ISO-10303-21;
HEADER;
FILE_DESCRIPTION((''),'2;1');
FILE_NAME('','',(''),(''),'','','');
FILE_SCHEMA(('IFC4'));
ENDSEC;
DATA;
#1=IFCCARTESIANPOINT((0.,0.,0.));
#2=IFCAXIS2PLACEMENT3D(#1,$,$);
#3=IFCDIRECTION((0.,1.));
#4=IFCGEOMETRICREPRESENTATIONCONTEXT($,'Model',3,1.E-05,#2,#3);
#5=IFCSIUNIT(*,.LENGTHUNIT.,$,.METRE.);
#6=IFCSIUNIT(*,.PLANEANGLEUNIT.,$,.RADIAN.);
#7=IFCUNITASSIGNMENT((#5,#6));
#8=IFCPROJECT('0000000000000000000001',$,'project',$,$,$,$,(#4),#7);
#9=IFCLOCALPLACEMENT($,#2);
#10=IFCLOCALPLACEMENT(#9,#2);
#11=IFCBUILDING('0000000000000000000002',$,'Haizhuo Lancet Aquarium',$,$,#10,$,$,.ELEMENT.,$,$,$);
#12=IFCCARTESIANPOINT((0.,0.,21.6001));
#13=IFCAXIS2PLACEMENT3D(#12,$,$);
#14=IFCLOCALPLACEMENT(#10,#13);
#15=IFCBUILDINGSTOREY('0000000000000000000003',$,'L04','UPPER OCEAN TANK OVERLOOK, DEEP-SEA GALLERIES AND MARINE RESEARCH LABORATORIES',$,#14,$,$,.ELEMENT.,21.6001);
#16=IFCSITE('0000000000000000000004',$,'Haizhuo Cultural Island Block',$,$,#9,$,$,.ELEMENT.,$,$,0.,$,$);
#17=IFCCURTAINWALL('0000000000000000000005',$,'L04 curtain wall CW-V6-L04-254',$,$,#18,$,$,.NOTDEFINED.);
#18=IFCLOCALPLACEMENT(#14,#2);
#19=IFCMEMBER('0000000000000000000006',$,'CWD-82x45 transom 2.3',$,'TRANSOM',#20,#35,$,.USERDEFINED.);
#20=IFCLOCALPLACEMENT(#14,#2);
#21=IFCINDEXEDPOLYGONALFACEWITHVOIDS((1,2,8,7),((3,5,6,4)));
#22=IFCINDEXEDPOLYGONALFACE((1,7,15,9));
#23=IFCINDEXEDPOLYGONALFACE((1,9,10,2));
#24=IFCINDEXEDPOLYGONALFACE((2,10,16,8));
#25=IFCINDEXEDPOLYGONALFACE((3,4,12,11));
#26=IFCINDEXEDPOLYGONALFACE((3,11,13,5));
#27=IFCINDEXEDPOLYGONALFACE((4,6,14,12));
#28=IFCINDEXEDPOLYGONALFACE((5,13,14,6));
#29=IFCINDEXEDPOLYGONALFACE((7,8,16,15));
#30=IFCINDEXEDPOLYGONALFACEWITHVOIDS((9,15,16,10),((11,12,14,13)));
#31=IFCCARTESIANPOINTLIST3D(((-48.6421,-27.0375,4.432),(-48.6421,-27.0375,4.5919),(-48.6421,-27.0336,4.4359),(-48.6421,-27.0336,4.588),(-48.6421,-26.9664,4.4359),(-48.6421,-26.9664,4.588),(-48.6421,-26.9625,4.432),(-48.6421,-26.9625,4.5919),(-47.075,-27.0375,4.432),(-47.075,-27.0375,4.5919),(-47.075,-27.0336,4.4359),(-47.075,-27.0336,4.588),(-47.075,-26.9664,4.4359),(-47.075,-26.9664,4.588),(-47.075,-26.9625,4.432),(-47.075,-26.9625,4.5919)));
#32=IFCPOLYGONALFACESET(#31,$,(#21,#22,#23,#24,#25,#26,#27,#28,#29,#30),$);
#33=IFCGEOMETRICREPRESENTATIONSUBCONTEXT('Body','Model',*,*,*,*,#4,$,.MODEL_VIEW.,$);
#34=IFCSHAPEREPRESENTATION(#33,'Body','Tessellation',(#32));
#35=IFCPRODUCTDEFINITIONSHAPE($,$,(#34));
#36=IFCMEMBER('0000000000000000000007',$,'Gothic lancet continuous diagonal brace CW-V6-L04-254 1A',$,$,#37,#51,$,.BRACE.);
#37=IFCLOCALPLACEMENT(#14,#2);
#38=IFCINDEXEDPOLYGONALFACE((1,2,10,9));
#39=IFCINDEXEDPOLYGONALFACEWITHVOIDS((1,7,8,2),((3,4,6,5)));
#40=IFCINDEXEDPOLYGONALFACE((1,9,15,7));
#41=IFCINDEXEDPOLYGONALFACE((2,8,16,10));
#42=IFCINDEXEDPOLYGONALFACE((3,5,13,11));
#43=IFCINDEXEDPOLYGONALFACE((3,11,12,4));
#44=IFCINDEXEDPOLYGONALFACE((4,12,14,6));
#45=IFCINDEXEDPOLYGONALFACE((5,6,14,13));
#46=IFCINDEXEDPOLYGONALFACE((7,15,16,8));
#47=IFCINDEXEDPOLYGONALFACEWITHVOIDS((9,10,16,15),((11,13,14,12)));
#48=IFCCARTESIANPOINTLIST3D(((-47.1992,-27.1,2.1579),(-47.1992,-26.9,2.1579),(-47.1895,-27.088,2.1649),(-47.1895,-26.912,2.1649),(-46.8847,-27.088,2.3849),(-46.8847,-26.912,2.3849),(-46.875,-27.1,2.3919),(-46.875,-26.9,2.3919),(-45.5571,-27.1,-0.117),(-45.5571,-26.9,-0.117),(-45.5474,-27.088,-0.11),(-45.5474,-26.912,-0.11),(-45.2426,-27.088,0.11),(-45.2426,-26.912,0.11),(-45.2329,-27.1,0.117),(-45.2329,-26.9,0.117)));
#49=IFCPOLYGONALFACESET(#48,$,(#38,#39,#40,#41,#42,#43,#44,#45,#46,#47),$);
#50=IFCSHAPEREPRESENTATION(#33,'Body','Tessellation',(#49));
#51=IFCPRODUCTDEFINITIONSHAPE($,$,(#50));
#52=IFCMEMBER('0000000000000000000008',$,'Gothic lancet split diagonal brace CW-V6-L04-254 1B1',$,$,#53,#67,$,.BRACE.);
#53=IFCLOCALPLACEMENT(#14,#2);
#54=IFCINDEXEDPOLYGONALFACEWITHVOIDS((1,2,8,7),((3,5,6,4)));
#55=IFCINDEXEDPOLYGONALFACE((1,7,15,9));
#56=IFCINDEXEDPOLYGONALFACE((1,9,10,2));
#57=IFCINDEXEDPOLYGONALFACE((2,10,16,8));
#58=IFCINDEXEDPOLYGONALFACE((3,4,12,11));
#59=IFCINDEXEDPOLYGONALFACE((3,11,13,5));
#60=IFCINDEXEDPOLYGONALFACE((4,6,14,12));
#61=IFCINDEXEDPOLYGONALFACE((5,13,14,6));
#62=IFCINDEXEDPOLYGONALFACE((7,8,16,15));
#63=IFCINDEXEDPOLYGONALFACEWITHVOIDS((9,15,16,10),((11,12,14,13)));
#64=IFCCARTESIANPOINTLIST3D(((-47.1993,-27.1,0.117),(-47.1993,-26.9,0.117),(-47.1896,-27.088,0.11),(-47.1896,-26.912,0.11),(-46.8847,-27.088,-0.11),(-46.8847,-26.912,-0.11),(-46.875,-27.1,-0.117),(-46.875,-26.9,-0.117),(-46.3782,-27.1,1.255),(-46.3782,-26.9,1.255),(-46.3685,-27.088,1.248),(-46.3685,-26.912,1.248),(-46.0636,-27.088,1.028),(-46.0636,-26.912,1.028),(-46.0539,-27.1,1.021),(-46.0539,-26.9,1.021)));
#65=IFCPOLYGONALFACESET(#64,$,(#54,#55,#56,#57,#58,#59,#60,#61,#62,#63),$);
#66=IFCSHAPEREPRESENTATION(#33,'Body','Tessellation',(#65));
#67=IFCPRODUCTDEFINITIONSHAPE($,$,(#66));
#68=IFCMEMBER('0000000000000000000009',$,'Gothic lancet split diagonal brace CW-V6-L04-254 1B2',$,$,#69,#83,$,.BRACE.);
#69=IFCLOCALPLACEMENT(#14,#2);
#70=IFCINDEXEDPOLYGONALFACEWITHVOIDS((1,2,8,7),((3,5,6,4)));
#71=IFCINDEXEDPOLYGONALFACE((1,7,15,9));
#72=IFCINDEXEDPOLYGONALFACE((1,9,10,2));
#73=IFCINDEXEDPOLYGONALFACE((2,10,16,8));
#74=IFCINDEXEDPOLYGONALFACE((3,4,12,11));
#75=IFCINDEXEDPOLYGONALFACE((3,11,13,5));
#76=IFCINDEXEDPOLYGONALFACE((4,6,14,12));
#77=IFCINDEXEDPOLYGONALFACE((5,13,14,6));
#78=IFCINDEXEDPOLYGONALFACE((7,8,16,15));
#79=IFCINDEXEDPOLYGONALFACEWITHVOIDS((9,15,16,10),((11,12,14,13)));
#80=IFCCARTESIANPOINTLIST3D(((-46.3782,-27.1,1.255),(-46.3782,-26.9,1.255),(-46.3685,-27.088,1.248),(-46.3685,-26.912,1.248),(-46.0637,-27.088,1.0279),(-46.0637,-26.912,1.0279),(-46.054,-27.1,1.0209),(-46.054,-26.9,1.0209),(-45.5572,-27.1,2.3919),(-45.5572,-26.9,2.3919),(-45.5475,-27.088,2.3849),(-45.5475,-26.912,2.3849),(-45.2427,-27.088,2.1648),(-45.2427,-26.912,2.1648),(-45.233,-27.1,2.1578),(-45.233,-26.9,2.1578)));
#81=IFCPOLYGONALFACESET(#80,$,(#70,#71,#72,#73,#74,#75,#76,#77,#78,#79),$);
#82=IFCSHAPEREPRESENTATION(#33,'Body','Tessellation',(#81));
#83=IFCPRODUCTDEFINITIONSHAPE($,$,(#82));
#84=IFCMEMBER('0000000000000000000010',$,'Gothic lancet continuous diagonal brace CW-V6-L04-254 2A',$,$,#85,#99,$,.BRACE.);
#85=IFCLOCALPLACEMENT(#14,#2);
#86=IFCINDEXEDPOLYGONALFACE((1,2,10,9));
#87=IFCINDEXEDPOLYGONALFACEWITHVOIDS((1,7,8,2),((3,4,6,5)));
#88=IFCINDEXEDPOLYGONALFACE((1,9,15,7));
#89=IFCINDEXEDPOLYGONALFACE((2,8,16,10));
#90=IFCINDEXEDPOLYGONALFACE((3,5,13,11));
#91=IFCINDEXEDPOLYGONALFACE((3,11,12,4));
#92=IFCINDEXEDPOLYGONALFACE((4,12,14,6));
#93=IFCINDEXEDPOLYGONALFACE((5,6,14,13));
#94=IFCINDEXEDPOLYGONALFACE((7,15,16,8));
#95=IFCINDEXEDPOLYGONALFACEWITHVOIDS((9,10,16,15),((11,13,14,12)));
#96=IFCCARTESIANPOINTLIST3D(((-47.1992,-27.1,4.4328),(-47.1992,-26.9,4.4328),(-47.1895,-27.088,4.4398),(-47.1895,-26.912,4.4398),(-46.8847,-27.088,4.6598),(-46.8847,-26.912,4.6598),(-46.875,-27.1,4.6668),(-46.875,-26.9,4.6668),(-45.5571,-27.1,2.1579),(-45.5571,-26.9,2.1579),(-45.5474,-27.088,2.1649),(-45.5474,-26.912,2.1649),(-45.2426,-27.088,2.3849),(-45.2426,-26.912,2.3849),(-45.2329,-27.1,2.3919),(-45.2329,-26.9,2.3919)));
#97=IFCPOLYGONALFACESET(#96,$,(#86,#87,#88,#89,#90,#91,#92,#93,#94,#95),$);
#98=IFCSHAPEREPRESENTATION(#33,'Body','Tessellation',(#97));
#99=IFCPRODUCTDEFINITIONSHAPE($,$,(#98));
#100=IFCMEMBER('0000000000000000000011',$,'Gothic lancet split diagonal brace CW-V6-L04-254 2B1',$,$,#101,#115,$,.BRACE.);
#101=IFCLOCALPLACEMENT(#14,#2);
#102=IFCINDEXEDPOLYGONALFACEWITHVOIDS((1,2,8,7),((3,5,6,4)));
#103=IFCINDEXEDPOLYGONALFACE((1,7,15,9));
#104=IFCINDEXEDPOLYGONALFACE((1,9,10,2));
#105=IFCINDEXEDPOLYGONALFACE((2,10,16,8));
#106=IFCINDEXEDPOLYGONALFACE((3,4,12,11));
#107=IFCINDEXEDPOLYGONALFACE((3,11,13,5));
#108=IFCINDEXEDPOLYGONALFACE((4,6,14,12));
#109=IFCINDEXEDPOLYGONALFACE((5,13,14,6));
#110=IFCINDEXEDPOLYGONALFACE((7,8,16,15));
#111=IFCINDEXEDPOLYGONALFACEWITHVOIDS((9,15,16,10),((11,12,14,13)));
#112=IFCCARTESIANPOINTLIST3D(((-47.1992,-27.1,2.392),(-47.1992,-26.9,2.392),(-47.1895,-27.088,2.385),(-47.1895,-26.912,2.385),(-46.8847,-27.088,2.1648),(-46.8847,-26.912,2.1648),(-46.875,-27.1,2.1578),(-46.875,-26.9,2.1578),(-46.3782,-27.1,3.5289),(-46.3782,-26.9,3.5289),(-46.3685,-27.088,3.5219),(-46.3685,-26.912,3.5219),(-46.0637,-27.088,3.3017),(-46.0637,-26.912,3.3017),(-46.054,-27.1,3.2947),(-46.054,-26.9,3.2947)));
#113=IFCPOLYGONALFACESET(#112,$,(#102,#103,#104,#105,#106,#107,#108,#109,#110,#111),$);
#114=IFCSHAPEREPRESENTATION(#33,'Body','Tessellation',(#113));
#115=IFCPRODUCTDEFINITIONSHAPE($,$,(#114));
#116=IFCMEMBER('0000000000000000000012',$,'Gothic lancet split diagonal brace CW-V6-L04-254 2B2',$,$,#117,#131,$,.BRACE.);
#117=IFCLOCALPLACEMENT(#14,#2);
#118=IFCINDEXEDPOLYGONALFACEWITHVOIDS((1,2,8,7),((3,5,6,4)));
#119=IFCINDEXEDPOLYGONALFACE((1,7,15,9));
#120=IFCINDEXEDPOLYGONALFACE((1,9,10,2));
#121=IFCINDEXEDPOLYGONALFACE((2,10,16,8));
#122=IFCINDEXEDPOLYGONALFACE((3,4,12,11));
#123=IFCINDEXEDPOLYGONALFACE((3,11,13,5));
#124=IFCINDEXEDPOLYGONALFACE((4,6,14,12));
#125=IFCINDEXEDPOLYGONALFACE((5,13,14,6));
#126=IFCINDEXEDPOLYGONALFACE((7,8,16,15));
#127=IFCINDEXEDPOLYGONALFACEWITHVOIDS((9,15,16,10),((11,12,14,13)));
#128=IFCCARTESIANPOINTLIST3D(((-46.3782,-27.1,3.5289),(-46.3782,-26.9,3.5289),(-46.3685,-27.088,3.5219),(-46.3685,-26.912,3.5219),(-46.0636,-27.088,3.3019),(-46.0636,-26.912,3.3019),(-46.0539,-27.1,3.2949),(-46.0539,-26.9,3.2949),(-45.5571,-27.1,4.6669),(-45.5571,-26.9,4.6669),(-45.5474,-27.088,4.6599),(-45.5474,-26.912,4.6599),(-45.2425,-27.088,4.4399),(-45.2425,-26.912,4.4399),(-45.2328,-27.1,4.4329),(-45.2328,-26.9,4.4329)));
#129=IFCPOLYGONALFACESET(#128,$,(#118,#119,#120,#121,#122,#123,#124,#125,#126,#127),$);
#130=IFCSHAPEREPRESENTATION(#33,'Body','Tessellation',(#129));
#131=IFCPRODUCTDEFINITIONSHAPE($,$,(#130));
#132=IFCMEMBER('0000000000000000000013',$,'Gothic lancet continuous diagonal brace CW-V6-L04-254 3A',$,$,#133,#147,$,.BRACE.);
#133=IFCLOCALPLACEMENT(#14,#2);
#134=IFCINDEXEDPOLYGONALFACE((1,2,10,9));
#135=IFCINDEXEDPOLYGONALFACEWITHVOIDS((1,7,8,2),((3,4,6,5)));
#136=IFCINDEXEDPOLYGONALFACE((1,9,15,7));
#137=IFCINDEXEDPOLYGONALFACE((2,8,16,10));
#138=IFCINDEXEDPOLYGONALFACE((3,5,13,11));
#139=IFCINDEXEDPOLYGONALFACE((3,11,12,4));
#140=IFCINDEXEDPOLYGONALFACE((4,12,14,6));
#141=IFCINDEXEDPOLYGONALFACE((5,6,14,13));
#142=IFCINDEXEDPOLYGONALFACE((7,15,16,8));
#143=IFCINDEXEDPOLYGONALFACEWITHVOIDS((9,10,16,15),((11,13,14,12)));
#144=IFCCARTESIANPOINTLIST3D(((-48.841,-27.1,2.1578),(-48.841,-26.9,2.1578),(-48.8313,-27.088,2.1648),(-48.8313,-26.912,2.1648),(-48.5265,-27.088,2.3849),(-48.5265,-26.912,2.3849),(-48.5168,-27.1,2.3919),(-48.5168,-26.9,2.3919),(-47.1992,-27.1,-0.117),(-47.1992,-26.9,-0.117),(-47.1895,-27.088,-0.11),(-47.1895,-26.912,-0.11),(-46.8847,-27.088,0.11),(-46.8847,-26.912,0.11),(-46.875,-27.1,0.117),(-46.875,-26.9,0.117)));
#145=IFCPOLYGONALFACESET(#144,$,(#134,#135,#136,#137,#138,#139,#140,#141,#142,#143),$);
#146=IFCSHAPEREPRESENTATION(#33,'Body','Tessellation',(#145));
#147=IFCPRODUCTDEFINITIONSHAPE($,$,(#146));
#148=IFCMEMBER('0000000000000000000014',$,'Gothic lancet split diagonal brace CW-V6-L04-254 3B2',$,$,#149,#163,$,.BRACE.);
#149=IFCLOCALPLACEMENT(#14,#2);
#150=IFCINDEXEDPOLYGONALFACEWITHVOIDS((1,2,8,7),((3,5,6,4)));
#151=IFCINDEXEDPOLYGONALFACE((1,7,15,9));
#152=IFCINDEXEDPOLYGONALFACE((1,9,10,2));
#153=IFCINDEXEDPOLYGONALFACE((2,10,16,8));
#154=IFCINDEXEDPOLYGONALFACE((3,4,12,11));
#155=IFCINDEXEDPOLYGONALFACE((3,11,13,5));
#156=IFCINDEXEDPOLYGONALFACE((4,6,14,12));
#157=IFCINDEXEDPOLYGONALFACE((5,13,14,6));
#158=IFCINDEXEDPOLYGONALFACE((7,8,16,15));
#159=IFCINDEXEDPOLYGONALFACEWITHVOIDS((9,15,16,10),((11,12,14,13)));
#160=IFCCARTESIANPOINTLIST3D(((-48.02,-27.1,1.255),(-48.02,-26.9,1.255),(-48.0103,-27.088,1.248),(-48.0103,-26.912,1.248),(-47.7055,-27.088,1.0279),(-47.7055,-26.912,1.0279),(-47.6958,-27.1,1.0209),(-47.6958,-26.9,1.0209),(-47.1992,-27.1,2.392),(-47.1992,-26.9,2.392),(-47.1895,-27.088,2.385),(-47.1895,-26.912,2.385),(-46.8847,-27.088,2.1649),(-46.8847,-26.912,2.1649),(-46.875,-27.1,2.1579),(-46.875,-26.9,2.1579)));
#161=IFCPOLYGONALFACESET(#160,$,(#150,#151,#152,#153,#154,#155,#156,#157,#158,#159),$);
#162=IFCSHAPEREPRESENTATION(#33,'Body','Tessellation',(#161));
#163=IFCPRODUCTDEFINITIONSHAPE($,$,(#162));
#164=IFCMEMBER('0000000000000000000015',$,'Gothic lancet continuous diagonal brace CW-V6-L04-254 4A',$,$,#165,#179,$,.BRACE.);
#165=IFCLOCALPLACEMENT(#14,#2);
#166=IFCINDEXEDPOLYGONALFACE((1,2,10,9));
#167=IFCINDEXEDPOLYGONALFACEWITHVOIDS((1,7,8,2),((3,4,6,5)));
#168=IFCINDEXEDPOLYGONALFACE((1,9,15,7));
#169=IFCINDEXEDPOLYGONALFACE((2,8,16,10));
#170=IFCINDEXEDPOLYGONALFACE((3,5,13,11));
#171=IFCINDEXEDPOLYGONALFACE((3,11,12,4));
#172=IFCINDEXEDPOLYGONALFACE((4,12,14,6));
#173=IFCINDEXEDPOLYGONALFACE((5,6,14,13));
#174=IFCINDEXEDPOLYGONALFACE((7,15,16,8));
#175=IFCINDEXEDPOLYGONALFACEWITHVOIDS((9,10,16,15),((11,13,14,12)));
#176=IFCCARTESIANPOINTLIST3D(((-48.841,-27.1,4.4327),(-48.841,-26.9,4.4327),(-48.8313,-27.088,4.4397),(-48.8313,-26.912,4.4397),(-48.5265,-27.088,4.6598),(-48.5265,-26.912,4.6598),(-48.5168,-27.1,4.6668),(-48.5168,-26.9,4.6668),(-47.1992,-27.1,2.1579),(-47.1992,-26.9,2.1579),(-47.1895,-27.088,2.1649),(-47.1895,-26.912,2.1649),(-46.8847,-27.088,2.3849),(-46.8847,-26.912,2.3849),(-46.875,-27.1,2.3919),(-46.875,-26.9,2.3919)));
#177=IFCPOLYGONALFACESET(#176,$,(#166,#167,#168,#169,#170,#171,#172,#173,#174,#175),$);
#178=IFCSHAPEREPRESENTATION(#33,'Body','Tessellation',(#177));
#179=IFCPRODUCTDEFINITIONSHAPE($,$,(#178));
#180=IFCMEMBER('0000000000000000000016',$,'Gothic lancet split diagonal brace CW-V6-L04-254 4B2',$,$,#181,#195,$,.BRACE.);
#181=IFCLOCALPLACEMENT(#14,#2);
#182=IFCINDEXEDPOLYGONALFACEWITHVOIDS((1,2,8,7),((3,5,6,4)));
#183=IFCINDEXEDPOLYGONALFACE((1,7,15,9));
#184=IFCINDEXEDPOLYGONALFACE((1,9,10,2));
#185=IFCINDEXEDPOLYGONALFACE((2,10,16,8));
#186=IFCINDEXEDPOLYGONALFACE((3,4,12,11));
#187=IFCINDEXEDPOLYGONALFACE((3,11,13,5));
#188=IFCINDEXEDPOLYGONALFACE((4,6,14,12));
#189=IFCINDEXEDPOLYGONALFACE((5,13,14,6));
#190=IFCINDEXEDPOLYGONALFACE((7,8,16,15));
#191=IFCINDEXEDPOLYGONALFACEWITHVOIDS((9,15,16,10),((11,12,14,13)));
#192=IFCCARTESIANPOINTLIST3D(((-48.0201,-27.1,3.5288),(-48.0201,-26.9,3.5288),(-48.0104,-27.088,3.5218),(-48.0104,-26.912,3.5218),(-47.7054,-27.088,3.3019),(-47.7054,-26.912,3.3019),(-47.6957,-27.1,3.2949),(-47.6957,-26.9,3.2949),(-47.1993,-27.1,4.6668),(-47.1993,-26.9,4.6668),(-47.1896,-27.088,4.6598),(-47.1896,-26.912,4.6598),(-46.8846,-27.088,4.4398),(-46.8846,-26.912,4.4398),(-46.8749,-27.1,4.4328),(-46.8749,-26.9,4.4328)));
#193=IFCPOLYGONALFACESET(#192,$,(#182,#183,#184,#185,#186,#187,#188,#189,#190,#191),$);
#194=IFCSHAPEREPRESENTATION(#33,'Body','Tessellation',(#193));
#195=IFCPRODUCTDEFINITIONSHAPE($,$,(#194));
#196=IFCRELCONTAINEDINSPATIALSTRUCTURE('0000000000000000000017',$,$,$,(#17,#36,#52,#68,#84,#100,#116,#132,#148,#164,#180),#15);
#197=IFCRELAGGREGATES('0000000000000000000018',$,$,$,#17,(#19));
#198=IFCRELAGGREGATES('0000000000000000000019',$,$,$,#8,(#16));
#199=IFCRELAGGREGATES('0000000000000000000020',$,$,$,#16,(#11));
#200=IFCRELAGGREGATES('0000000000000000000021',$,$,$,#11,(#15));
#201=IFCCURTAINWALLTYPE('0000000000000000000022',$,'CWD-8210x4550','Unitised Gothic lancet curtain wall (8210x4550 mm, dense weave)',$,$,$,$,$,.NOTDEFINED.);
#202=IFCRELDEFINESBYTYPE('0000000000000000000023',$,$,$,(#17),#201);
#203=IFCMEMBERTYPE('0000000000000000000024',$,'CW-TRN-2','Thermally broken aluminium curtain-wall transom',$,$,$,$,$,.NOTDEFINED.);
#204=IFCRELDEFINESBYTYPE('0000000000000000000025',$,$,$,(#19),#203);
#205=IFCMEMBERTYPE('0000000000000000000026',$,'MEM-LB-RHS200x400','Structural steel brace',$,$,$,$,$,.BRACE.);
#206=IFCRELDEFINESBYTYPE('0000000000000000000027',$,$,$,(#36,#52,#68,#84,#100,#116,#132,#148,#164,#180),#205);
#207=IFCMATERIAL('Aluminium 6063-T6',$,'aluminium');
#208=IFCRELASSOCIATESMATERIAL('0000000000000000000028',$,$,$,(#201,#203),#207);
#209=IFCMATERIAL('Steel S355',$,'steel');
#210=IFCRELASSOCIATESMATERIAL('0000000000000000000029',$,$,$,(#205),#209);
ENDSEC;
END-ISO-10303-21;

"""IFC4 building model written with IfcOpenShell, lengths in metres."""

from ifc_helpers import new_model, si_unit, direction, frame, origin, origin_2d, place, context, subcontext, project, spatial, hollow_rectangle, extrude, material, material_profile, profile_set, type_object, element, aggregate, save


model = new_model("IFC4")

# Units and contexts
model_context = context("Model", 3, precision=1e-05, world=origin(), true_north=direction((0.0, 1.0)))
body_context = subcontext(model_context, "Body", "Model", "MODEL_VIEW")
ifc_project = project(units=[si_unit("LENGTHUNIT", "METRE"), si_unit("PLANEANGLEUNIT", "RADIAN")], contexts=[model_context])

# Site, building, storey
site_placement = place(None, origin())
site = spatial("IfcSite", under=ifc_project, at=site_placement, Name="Haizhuo Cultural Island Block", CompositionType="ELEMENT", RefElevation=0.0)
building_placement = place(site_placement, origin())
building = spatial("IfcBuilding", under=site, at=building_placement, Name="Haizhuo Lancet Aquarium", CompositionType="ELEMENT")
storey_placement = place(building_placement, frame((0.0, 0.0, 21.6001)))
storey = spatial("IfcBuildingStorey", under=building, at=storey_placement, Name="L04", Description="UPPER OCEAN TANK OVERLOOK, DEEP-SEA GALLERIES AND MARINE RESEARCH LABORATORIES", CompositionType="ELEMENT", Elevation=21.6001)

# Shared definitions
ifc_material_1 = material(Name="Steel S355", Category="steel")

# Curtain wall, member
ifc_material_2 = material(Name="Aluminium 6063-T6", Category="aluminium")
curtain_wall_type = type_object("IfcCurtainWallType", Name="CWD-8210x4550", Description="Unitised Gothic lancet curtain wall (8210x4550 mm, dense weave)", PredefinedType="NOTDEFINED", material=ifc_material_2)
curtain_wall_placement = place(storey_placement, origin())
curtain_wall = element("IfcCurtainWall", 1, at=curtain_wall_placement, inside=storey, type_object=curtain_wall_type, Name="L04 curtain wall CW-V6-L04-254", PredefinedType="NOTDEFINED")
ifc_material_profile_1 = material_profile(ifc_material_2, hollow_rectangle(XDim=0.075, YDim=0.1599, WallThickness=0.0039, at=origin_2d()), Name="ALU-T 75x160x4")
ifc_profile_set_1 = profile_set([ifc_material_profile_1], Name="Aluminium 6063-T6")
member_type_1 = type_object("IfcMemberType", Name="CW-TRN-2", Description="Thermally broken aluminium curtain-wall transom", PredefinedType="NOTDEFINED", material=ifc_profile_set_1)
member_1_placement = place(storey_placement, frame((-47.075, -27.0, 4.512), z_axis=(-1.0, 0.0, 0.0), x_axis=(0.0, -1.0, 0.0)))
member_1 = element("IfcMember", 2, at=member_1_placement, type_object=member_type_1, Name="CWD-82x45 transom 2.3", ObjectType="TRANSOM", PredefinedType="USERDEFINED", context=body_context, shape_type="SweptSolid", body=[
    extrude(hollow_rectangle(XDim=0.075, YDim=0.1599, WallThickness=0.0039, at=origin_2d()), origin(), (0.0, 0.0, 1.0), 1.5671),
])

# Members
ifc_material_profile_2 = material_profile(ifc_material_1, hollow_rectangle(XDim=0.2, YDim=0.3999, WallThickness=0.012, at=origin_2d()), Name="RHS 200x400x12")
ifc_profile_set_2 = profile_set([ifc_material_profile_2], Name="Steel S355")
member_type_2 = type_object("IfcMemberType", Name="MEM-LB-RHS200x400", Description="Structural steel brace", PredefinedType="BRACE", material=ifc_profile_set_2)
member_2_placement = place(storey_placement, frame((-45.395, -27.0, 0.0), z_axis=(-0.585281, 0.0, 0.810831), x_axis=(0.0, -1.0, 0.0)))
element("IfcMember", 3, at=member_2_placement, inside=storey, type_object=member_type_2, Name="Gothic lancet continuous diagonal brace CW-V6-L04-254 1A", PredefinedType="BRACE", context=body_context, shape_type="SweptSolid", body=[
    extrude(hollow_rectangle(XDim=0.2, YDim=0.3999, WallThickness=0.012, at=origin_2d()), origin(), (0.0, 0.0, 1.0), 2.8057),
])
member_3_placement = place(storey_placement, frame((-47.0371, -27.0, 0.0), z_axis=(0.585116, 0.0, 0.81095), x_axis=(0.0, 1.0, 0.0)))
element("IfcMember", 4, at=member_3_placement, inside=storey, type_object=member_type_2, Name="Gothic lancet split diagonal brace CW-V6-L04-254 1B1", PredefinedType="BRACE", context=body_context, shape_type="SweptSolid", body=[
    extrude(hollow_rectangle(XDim=0.2, YDim=0.3999, WallThickness=0.012, at=origin_2d()), origin(), (0.0, 0.0, 1.0), 1.4033),
])
member_4_placement = place(storey_placement, frame((-46.2161, -27.0, 1.1379), z_axis=(0.585446, 0.0, 0.810711), x_axis=(0.0, 1.0, 0.0)))
element("IfcMember", 5, at=member_4_placement, inside=storey, type_object=member_type_2, Name="Gothic lancet split diagonal brace CW-V6-L04-254 1B2", PredefinedType="BRACE", context=body_context, shape_type="SweptSolid", body=[
    extrude(hollow_rectangle(XDim=0.2, YDim=0.3999, WallThickness=0.012, at=origin_2d()), origin(), (0.0, 0.0, 1.0), 1.4023),
])
member_5_placement = place(storey_placement, frame((-45.395, -27.0, 2.2749), z_axis=(-0.585281, 0.0, 0.810831), x_axis=(0.0, -1.0, 0.0)))
element("IfcMember", 6, at=member_5_placement, inside=storey, type_object=member_type_2, Name="Gothic lancet continuous diagonal brace CW-V6-L04-254 2A", PredefinedType="BRACE", context=body_context, shape_type="SweptSolid", body=[
    extrude(hollow_rectangle(XDim=0.2, YDim=0.3999, WallThickness=0.012, at=origin_2d()), origin(), (0.0, 0.0, 1.0), 2.8057),
])
member_6_placement = place(storey_placement, frame((-47.0371, -27.0, 2.2749), z_axis=(0.585446, 0.0, 0.810711), x_axis=(0.0, 1.0, 0.0)))
element("IfcMember", 7, at=member_6_placement, inside=storey, type_object=member_type_2, Name="Gothic lancet split diagonal brace CW-V6-L04-254 2B1", PredefinedType="BRACE", context=body_context, shape_type="SweptSolid", body=[
    extrude(hollow_rectangle(XDim=0.2, YDim=0.3999, WallThickness=0.012, at=origin_2d()), origin(), (0.0, 0.0, 1.0), 1.4023),
])
member_7_placement = place(storey_placement, frame((-46.2161, -27.0, 3.4119), z_axis=(0.585116, 0.0, 0.81095), x_axis=(0.0, 1.0, 0.0)))
element("IfcMember", 8, at=member_7_placement, inside=storey, type_object=member_type_2, Name="Gothic lancet split diagonal brace CW-V6-L04-254 2B2", PredefinedType="BRACE", context=body_context, shape_type="SweptSolid", body=[
    extrude(hollow_rectangle(XDim=0.2, YDim=0.3999, WallThickness=0.012, at=origin_2d()), origin(), (0.0, 0.0, 1.0), 1.4033),
])
member_8_placement = place(storey_placement, frame((-47.0371, -27.0, 0.0), z_axis=(-0.585224, 0.0, 0.810872), x_axis=(0.0, -1.0, 0.0)))
element("IfcMember", 9, at=member_8_placement, inside=storey, type_object=member_type_2, Name="Gothic lancet continuous diagonal brace CW-V6-L04-254 3A", PredefinedType="BRACE", context=body_context, shape_type="SweptSolid", body=[
    extrude(hollow_rectangle(XDim=0.2, YDim=0.3999, WallThickness=0.012, at=origin_2d()), origin(), (0.0, 0.0, 1.0), 2.8054),
])
member_9_placement = place(storey_placement, frame((-47.8579, -27.0, 1.1379), z_axis=(0.585332, 0.0, 0.810794), x_axis=(0.0, 1.0, 0.0)))
element("IfcMember", 10, at=member_9_placement, inside=storey, type_object=member_type_2, Name="Gothic lancet split diagonal brace CW-V6-L04-254 3B2", PredefinedType="BRACE", context=body_context, shape_type="SweptSolid", body=[
    extrude(hollow_rectangle(XDim=0.2, YDim=0.3999, WallThickness=0.012, at=origin_2d()), origin(), (0.0, 0.0, 1.0), 1.4023),
])
member_10_placement = place(storey_placement, frame((-47.0371, -27.0, 2.2749), z_axis=(-0.585224, 0.0, 0.810872), x_axis=(0.0, -1.0, 0.0)))
element("IfcMember", 11, at=member_10_placement, inside=storey, type_object=member_type_2, Name="Gothic lancet continuous diagonal brace CW-V6-L04-254 4A", PredefinedType="BRACE", context=body_context, shape_type="SweptSolid", body=[
    extrude(hollow_rectangle(XDim=0.2, YDim=0.3999, WallThickness=0.012, at=origin_2d()), origin(), (0.0, 0.0, 1.0), 2.8054),
])
member_11_placement = place(storey_placement, frame((-47.8579, -27.0, 3.4119), z_axis=(0.585001, 0.0, 0.811032), x_axis=(0.0, 1.0, 0.0)))
element("IfcMember", 12, at=member_11_placement, inside=storey, type_object=member_type_2, Name="Gothic lancet split diagonal brace CW-V6-L04-254 4B2", PredefinedType="BRACE", context=body_context, shape_type="SweptSolid", body=[
    extrude(hollow_rectangle(XDim=0.2, YDim=0.3999, WallThickness=0.012, at=origin_2d()), origin(), (0.0, 0.0, 1.0), 1.4031),
])

aggregate(curtain_wall, [member_1])

save(model, "model.ifc")
